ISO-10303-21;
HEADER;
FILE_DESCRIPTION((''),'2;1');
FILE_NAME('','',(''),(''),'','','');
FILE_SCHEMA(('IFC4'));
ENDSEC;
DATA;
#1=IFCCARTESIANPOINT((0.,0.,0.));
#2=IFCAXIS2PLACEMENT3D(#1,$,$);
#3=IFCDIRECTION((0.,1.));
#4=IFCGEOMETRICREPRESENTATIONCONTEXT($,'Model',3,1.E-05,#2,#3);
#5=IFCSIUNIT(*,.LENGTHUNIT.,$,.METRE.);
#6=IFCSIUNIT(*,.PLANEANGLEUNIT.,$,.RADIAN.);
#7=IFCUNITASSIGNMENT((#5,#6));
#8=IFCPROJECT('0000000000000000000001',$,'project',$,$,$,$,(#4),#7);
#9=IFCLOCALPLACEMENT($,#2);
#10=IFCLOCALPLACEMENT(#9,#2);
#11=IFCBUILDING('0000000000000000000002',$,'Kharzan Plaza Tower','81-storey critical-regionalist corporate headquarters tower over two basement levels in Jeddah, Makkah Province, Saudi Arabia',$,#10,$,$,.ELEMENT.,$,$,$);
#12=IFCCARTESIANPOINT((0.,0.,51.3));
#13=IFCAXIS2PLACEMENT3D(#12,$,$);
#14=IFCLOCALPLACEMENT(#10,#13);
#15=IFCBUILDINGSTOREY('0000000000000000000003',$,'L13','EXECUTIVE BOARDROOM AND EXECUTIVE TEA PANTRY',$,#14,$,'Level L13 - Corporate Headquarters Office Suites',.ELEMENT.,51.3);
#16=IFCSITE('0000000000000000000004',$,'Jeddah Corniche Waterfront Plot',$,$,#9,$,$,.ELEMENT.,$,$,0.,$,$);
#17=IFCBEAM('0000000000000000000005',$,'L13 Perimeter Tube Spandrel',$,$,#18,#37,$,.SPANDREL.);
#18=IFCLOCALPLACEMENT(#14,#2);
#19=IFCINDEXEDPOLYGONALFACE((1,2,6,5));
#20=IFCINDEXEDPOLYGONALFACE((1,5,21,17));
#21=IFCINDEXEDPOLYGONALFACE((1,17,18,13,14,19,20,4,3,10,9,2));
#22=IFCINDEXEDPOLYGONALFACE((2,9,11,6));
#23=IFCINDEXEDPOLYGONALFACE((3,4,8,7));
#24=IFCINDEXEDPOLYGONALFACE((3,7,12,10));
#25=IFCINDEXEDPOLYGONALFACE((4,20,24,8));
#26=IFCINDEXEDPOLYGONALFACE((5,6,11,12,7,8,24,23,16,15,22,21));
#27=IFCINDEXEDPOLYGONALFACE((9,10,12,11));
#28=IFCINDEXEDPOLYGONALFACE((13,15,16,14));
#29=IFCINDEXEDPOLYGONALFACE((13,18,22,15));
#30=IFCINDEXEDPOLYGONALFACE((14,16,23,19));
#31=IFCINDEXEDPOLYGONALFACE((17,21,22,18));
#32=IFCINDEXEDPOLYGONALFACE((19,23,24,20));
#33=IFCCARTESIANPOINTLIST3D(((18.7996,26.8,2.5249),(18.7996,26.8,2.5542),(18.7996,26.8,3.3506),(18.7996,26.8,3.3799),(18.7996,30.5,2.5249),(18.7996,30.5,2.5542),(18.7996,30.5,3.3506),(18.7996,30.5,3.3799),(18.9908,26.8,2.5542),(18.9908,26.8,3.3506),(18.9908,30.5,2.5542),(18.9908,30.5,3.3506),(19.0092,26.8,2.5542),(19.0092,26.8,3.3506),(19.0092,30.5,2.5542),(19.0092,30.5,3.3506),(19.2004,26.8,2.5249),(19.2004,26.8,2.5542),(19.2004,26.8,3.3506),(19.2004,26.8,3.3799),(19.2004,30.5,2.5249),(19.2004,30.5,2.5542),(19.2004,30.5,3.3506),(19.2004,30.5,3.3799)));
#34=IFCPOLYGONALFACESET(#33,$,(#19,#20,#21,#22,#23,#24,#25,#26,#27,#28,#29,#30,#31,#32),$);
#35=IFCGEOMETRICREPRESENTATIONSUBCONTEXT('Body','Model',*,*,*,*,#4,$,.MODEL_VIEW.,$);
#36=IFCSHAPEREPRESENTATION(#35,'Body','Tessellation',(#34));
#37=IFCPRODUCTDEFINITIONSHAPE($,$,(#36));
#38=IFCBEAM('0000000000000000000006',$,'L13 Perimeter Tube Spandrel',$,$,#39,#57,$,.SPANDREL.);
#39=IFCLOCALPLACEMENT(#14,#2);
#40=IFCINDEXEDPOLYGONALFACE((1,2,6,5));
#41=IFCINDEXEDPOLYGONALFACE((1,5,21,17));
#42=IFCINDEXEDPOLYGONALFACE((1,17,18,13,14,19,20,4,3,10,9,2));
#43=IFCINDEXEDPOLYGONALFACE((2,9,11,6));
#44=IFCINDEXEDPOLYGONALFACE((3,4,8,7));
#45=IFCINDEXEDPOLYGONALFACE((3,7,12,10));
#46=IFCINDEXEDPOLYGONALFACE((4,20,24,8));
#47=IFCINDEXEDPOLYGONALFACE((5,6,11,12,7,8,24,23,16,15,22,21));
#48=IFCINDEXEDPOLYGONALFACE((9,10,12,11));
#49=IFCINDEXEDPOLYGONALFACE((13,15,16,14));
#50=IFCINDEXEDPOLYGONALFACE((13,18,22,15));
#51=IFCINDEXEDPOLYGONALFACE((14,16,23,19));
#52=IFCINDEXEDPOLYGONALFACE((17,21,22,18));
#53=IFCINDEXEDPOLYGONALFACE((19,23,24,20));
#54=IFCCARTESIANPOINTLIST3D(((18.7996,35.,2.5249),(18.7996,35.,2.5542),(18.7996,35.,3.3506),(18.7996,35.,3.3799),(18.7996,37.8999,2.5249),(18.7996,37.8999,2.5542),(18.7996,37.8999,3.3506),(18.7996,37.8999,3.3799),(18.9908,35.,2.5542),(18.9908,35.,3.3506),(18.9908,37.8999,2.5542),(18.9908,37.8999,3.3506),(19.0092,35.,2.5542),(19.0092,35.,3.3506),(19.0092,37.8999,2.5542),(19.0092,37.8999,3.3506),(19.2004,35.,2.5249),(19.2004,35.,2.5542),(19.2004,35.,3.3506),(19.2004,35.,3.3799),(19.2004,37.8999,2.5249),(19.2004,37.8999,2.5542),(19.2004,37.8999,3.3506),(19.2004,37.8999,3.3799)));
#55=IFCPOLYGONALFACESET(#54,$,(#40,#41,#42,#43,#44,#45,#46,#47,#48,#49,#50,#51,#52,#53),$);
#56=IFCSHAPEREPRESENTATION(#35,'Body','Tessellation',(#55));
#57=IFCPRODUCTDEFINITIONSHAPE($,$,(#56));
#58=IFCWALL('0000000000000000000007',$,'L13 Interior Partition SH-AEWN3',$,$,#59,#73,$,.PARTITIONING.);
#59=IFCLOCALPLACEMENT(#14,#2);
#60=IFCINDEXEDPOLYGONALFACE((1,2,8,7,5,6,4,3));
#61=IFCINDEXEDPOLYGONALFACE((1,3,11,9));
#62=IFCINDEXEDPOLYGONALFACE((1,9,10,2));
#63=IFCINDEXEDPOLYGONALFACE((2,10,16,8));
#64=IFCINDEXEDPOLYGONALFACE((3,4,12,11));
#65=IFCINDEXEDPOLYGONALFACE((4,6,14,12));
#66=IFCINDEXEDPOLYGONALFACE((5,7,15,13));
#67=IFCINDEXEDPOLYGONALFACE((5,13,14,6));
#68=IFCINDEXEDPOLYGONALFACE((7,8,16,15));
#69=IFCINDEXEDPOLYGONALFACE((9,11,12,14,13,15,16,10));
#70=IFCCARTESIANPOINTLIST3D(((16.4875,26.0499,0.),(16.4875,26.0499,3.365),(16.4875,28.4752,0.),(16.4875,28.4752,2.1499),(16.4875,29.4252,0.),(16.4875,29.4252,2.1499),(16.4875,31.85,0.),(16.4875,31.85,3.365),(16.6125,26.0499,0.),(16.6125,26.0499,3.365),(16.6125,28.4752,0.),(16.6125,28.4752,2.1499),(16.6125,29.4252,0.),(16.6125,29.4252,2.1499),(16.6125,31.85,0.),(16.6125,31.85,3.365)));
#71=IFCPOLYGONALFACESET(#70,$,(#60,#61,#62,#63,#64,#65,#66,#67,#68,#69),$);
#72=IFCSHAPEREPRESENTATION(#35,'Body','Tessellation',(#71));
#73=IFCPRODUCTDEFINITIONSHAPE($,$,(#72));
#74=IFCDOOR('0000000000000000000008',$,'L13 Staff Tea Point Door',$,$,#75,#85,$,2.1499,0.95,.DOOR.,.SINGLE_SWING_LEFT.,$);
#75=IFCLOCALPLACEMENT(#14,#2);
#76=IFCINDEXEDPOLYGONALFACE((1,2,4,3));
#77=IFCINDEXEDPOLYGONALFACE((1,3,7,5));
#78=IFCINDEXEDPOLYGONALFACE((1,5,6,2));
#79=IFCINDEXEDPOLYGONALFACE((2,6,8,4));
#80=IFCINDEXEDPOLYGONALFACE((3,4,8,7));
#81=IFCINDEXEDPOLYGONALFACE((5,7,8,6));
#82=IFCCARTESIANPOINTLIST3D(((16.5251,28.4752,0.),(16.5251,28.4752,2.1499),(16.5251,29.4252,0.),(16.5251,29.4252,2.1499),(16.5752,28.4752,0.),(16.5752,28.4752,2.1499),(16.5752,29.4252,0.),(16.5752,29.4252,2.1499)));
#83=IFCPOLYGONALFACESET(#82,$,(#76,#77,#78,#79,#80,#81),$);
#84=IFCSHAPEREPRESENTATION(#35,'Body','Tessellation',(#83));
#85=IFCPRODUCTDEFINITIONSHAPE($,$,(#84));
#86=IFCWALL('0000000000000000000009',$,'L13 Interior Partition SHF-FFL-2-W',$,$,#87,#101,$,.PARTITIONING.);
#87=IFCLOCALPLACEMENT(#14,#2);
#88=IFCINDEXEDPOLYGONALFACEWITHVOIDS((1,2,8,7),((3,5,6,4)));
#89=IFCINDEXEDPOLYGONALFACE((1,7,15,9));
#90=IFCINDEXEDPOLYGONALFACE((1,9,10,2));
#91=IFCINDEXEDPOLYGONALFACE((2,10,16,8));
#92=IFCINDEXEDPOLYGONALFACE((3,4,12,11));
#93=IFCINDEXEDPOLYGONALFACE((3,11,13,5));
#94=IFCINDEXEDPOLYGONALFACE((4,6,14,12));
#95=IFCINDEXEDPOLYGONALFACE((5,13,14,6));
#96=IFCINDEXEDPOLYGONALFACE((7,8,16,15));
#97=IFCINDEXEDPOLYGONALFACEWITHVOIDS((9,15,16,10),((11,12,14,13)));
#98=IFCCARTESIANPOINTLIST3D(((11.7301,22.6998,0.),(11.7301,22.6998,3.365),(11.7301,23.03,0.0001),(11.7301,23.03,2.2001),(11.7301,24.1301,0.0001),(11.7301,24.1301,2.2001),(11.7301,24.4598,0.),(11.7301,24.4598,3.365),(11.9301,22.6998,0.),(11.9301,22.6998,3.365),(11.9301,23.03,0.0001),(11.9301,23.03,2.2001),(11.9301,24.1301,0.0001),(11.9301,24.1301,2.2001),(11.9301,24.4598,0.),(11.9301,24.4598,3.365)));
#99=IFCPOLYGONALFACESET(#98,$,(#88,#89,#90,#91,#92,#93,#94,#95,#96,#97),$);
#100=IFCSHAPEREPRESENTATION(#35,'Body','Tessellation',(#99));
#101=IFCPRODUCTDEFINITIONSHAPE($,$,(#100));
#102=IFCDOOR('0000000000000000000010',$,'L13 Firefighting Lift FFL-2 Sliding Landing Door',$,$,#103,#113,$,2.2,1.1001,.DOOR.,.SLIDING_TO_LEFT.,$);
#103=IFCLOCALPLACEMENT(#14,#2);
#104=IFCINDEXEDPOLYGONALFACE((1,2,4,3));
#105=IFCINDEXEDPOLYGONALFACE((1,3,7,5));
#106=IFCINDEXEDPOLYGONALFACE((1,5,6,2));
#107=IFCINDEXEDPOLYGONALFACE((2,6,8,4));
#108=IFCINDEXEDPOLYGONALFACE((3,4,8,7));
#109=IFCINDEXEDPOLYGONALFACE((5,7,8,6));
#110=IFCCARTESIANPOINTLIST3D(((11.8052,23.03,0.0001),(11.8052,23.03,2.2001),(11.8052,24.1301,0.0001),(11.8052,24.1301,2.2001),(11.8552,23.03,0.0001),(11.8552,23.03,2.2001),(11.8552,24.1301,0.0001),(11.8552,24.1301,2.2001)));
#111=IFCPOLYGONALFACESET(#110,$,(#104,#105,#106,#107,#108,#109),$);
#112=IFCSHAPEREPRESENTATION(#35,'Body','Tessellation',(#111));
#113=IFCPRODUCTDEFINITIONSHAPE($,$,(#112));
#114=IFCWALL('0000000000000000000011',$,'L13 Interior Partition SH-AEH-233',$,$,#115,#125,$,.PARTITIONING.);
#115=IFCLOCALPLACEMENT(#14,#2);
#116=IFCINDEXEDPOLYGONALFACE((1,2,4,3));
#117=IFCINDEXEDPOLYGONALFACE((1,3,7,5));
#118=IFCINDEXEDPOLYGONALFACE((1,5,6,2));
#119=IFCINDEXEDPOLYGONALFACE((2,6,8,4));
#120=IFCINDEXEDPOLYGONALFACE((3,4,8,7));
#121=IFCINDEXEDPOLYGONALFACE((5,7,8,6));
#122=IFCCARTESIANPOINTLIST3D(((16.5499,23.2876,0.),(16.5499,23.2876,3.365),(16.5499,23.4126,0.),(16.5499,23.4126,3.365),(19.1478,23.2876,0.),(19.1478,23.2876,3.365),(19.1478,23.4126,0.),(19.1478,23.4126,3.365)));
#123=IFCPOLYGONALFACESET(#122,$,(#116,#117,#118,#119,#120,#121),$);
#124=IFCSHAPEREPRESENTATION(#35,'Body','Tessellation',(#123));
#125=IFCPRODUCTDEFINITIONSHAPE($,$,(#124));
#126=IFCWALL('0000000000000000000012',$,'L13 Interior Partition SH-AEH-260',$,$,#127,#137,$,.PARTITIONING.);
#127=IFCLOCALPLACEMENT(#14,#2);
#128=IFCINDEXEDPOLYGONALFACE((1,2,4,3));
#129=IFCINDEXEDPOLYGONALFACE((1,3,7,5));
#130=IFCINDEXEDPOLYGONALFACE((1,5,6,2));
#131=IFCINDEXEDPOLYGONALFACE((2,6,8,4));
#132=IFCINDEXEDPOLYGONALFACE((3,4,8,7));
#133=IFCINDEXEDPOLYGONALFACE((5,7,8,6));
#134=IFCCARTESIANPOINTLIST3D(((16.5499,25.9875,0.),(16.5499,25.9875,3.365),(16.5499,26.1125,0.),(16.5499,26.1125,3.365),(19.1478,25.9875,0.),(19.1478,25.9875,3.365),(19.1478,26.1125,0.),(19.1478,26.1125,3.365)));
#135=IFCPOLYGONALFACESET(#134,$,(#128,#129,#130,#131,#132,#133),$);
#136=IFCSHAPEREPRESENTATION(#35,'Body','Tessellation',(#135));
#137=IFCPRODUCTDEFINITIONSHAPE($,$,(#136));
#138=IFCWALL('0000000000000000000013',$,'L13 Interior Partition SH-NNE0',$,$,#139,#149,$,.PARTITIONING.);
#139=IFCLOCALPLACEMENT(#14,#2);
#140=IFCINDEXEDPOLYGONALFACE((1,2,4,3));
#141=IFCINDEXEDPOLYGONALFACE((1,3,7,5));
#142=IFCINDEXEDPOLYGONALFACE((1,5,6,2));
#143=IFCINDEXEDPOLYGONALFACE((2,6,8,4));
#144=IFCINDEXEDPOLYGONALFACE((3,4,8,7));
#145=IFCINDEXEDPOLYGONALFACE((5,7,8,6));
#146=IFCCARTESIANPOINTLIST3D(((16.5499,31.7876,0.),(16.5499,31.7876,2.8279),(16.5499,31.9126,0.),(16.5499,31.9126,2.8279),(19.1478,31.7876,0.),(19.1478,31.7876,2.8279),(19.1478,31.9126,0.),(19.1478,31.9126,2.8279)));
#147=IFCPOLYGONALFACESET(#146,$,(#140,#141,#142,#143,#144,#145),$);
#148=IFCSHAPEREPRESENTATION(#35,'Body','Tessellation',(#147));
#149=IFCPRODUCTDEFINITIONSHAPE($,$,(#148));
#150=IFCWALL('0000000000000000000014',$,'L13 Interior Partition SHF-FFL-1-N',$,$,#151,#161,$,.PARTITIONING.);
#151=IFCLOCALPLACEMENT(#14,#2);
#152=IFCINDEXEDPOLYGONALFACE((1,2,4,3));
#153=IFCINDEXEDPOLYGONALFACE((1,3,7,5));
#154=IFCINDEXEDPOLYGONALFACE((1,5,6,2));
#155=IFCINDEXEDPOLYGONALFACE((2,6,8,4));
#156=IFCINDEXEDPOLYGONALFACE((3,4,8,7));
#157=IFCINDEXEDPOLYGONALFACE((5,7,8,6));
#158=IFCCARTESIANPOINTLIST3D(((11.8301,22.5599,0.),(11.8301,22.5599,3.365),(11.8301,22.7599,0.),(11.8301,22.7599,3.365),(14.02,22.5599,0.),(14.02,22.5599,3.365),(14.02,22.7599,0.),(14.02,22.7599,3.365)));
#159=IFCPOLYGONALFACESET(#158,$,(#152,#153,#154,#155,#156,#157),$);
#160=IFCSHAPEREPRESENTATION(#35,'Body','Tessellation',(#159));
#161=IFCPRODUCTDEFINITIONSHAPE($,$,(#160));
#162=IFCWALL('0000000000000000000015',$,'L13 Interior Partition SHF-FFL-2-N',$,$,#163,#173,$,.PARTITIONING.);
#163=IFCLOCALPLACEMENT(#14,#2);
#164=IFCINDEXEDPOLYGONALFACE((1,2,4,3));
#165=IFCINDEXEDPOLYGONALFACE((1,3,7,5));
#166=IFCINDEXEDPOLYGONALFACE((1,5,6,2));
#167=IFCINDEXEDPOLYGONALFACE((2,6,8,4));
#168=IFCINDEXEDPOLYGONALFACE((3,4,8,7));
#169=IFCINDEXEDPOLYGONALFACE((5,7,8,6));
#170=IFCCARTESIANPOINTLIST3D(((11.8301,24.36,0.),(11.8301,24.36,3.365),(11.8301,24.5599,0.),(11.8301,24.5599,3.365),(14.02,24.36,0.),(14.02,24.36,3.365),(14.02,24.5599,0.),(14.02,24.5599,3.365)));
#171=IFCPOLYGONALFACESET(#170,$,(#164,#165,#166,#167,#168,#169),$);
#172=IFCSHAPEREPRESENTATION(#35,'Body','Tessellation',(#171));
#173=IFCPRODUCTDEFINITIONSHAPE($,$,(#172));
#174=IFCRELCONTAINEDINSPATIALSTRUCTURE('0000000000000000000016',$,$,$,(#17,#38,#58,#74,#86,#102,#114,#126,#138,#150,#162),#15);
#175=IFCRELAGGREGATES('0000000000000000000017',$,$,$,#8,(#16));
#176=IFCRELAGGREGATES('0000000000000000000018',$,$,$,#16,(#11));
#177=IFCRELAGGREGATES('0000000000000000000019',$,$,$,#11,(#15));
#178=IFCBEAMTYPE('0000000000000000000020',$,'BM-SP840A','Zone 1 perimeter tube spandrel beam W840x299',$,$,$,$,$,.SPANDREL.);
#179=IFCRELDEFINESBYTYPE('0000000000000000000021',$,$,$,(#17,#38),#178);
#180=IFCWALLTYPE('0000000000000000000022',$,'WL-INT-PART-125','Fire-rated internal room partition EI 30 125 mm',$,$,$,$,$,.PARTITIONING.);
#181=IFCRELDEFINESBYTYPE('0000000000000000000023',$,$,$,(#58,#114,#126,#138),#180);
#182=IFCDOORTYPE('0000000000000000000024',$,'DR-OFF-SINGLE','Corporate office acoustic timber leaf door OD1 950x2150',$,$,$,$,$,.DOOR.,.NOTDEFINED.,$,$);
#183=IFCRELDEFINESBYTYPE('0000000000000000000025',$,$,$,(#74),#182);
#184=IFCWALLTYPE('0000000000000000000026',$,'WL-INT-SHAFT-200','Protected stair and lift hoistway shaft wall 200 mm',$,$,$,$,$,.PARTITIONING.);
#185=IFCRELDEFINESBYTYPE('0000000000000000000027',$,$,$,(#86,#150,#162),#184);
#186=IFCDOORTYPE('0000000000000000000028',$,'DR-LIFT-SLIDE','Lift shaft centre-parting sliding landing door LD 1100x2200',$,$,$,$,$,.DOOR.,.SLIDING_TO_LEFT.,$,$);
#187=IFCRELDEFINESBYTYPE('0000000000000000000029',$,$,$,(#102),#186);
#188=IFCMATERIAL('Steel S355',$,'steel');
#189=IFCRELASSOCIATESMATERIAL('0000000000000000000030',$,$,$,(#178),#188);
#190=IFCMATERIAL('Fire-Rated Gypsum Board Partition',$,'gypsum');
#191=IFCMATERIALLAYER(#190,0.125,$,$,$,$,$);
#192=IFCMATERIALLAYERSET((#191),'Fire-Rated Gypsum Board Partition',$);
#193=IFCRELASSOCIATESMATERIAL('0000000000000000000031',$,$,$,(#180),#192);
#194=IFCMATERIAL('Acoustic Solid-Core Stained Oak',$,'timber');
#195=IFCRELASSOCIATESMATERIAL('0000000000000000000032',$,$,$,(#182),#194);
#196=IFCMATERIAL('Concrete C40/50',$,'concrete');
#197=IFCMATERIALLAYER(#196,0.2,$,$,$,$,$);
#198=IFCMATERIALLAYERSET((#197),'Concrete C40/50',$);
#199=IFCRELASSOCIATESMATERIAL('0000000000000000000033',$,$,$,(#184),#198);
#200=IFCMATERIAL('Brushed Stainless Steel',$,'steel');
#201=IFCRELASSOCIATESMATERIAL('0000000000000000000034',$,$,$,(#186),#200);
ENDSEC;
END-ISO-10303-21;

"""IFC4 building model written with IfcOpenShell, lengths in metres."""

from ifc_helpers import new_model, si_unit, direction, frame, frame_2d, origin, origin_2d, place, context, subcontext, project, spatial, rectangle, i_section, extrude, source, transform, mapped, material, layer, layer_set, material_profile, profile_set, type_object, element, fill, save


model = new_model("IFC4")

# Units and contexts
model_context = context("Model", 3, precision=1e-05, world=origin(), true_north=direction((0.0, 1.0)))
body_context = subcontext(model_context, "Body", "Model", "MODEL_VIEW")
ifc_project = project(units=[si_unit("LENGTHUNIT", "METRE"), si_unit("PLANEANGLEUNIT", "RADIAN")], contexts=[model_context])

# Site, building, storey
site_placement = place(None, origin())
site = spatial("IfcSite", under=ifc_project, at=site_placement, Name="Jeddah Corniche Waterfront Plot", CompositionType="ELEMENT", RefElevation=0.0)
building_placement = place(site_placement, origin())
building = spatial("IfcBuilding", under=site, at=building_placement, Name="Kharzan Plaza Tower", Description="81-storey critical-regionalist corporate headquarters tower over two basement levels in Jeddah, Makkah Province, Saudi Arabia", CompositionType="ELEMENT")
storey_placement = place(building_placement, frame((0.0, 0.0, 51.3)))
storey = spatial("IfcBuildingStorey", under=building, at=storey_placement, Name="L13", Description="EXECUTIVE BOARDROOM AND EXECUTIVE TEA PANTRY", LongName="Level L13 - Corporate Headquarters Office Suites", CompositionType="ELEMENT", Elevation=51.3)

# Beams
ifc_material_1 = material(Name="Steel S355", Category="steel")
ifc_material_profile_1 = material_profile(ifc_material_1, i_section(OverallWidth=0.4009, OverallDepth=0.855, WebThickness=0.0183, FlangeThickness=0.0293, at=origin_2d()), Name="W840x299")
ifc_profile_set_1 = profile_set([ifc_material_profile_1], Name="Steel S355")
beam_type_1 = type_object("IfcBeamType", Name="BM-SP840A", Description="Zone 1 perimeter tube spandrel beam W840x299", PredefinedType="SPANDREL", material=ifc_profile_set_1)
shared_shape_1 = source(origin(), body_context, "Body", "SweptSolid", [
    extrude(i_section(OverallWidth=0.4009, OverallDepth=0.855, WebThickness=0.0183, FlangeThickness=0.0293, at=origin_2d()), origin(), (0.0, 0.0, 1.0), 3.7),
])
beam_1_placement = place(storey_placement, frame((19.0, 26.8, 2.9524), z_axis=(0.0, 1.0, 0.0), x_axis=(-1.0, 0.0, 0.0)))
element("IfcBeam", 1, at=beam_1_placement, inside=storey, type_object=beam_type_1, Name="L13 Perimeter Tube Spandrel", PredefinedType="SPANDREL", context=body_context, shape_type="MappedRepresentation", body=[
    mapped(shared_shape_1, transform((0.0, 0.0, 0.0), x_axis=(1.0, 0.0, 0.0), y_axis=(0.0, 1.0, 0.0), z_axis=(0.0, 0.0, 1.0))),
])
shared_shape_2 = source(origin(), body_context, "Body", "SweptSolid", [
    extrude(i_section(OverallWidth=0.4009, OverallDepth=0.855, WebThickness=0.0183, FlangeThickness=0.0293, at=origin_2d()), origin(), (0.0, 0.0, 1.0), 2.8999),
])
beam_2_placement = place(storey_placement, frame((19.0, 35.0, 2.9524), z_axis=(0.0, 1.0, 0.0), x_axis=(-1.0, 0.0, 0.0)))
element("IfcBeam", 2, at=beam_2_placement, inside=storey, type_object=beam_type_1, Name="L13 Perimeter Tube Spandrel", PredefinedType="SPANDREL", context=body_context, shape_type="MappedRepresentation", body=[
    mapped(shared_shape_2, transform((0.0, 0.0, 0.0), x_axis=(1.0, 0.0, 0.0), y_axis=(0.0, 1.0, 0.0), z_axis=(0.0, 0.0, 1.0))),
])

# Walls, openings, doors
ifc_material_2 = material(Name="Fire-Rated Gypsum Board Partition", Category="gypsum")
ifc_layer_1 = layer(ifc_material_2, 0.125)
ifc_layer_set_1 = layer_set([ifc_layer_1], Name="Fire-Rated Gypsum Board Partition")
wall_type_1 = type_object("IfcWallType", Name="WL-INT-PART-125", Description="Fire-rated internal room partition EI 30 125 mm", PredefinedType="PARTITIONING", material=ifc_layer_set_1)
wall_1_placement = place(storey_placement, frame((16.55, 26.05, 0.0), z_axis=(0.0, 0.0, 1.0), x_axis=(0.0, 1.0, 0.0)))
wall_1 = element("IfcWall", 3, at=wall_1_placement, inside=storey, type_object=wall_type_1, Name="L13 Interior Partition SH-AEWN3", PredefinedType="PARTITIONING", context=body_context, shape_type="SweptSolid", body=[
    extrude(rectangle(XDim=5.8, YDim=0.125, at=frame_2d((2.8999, 0.0))), origin(), (0.0, 0.0, 1.0), 3.365),
])
opening_1_placement = place(wall_1_placement, frame((2.425, 0.0, 0.0)))
opening_1 = element("IfcOpeningElement", 4, at=opening_1_placement, cuts=wall_1, PredefinedType="OPENING", context=body_context, shape_type="SweptSolid", body=[
    extrude(rectangle(XDim=0.95, YDim=2.1499, at=frame_2d((0.4751, 1.075))), frame((0.0, 0.0725, 0.0), z_axis=(0.0, -1.0, 0.0), x_axis=(1.0, 0.0, 0.0)), (0.0, 0.0, 1.0), 0.145),
])
ifc_material_3 = material(Name="Acoustic Solid-Core Stained Oak", Category="timber")
door_type_1 = type_object("IfcDoorType", Name="DR-OFF-SINGLE", Description="Corporate office acoustic timber leaf door OD1 950x2150", OperationType="NOTDEFINED", PredefinedType="DOOR", material=ifc_material_3)
shared_shape_3 = source(origin(), body_context, "Body", "SweptSolid", [
    extrude(rectangle(XDim=0.95, YDim=2.1499, at=frame_2d((0.4751, 1.075))), frame((0.0, 0.0249, 0.0), z_axis=(0.0, -1.0, 0.0), x_axis=(1.0, 0.0, 0.0)), (0.0, 0.0, 1.0), 0.05),
])
door_1_placement = place(opening_1_placement, origin())
door_1 = element("IfcDoor", 5, at=door_1_placement, inside=storey, type_object=door_type_1, Name="L13 Staff Tea Point Door", OperationType="SINGLE_SWING_LEFT", OverallHeight=2.1499, OverallWidth=0.95, PredefinedType="DOOR", context=body_context, shape_type="MappedRepresentation", body=[
    mapped(shared_shape_3, transform((0.0, 0.0, 0.0), x_axis=(1.0, 0.0, 0.0), y_axis=(0.0, 1.0, 0.0), z_axis=(0.0, 0.0, 1.0))),
])
fill(opening_1, door_1)
ifc_material_4 = material(Name="Concrete C40/50", Category="concrete")
ifc_layer_2 = layer(ifc_material_4, 0.2)
ifc_layer_set_2 = layer_set([ifc_layer_2], Name="Concrete C40/50")
wall_type_2 = type_object("IfcWallType", Name="WL-INT-SHAFT-200", Description="Protected stair and lift hoistway shaft wall 200 mm", PredefinedType="PARTITIONING", material=ifc_layer_set_2)
wall_2_placement = place(storey_placement, frame((11.8301, 22.7, 0.0), z_axis=(0.0, 0.0, 1.0), x_axis=(0.0, 1.0, 0.0)))
wall_2 = element("IfcWall", 6, at=wall_2_placement, inside=storey, type_object=wall_type_2, Name="L13 Interior Partition SHF-FFL-2-W", PredefinedType="PARTITIONING", context=body_context, shape_type="SweptSolid", body=[
    extrude(rectangle(XDim=1.76, YDim=0.2, at=frame_2d((0.8799, 0.0))), origin(), (0.0, 0.0, 1.0), 3.365),
])
opening_2_placement = place(wall_2_placement, frame((0.3301, 0.0, 0.0)))
opening_2 = element("IfcOpeningElement", 7, at=opening_2_placement, cuts=wall_2, PredefinedType="OPENING", context=body_context, shape_type="SweptSolid", body=[
    extrude(rectangle(XDim=1.1001, YDim=2.2, at=frame_2d((0.55, 1.1001))), frame((0.0, 0.1099, 0.0), z_axis=(0.0, -1.0, 0.0), x_axis=(1.0, 0.0, 0.0)), (0.0, 0.0, 1.0), 0.22),
])
ifc_material_5 = material(Name="Brushed Stainless Steel", Category="steel")
door_type_2 = type_object("IfcDoorType", Name="DR-LIFT-SLIDE", Description="Lift shaft centre-parting sliding landing door LD 1100x2200", OperationType="SLIDING_TO_LEFT", PredefinedType="DOOR", material=ifc_material_5)
shared_shape_4 = source(origin(), body_context, "Body", "SweptSolid", [
    extrude(rectangle(XDim=1.1001, YDim=2.2, at=frame_2d((0.55, 1.1001))), frame((0.0, 0.0249, 0.0), z_axis=(0.0, -1.0, 0.0), x_axis=(1.0, 0.0, 0.0)), (0.0, 0.0, 1.0), 0.05),
])
door_2_placement = place(opening_2_placement, origin())
door_2 = element("IfcDoor", 8, at=door_2_placement, inside=storey, type_object=door_type_2, Name="L13 Firefighting Lift FFL-2 Sliding Landing Door", OperationType="SLIDING_TO_LEFT", OverallHeight=2.2, OverallWidth=1.1001, PredefinedType="DOOR", context=body_context, shape_type="MappedRepresentation", body=[
    mapped(shared_shape_4, transform((0.0, 0.0, 0.0), x_axis=(1.0, 0.0, 0.0), y_axis=(0.0, 1.0, 0.0), z_axis=(0.0, 0.0, 1.0))),
])
fill(opening_2, door_2)

# Walls
shared_shape_5 = source(origin(), body_context, "Body", "SweptSolid", [
    extrude(rectangle(XDim=2.5979, YDim=0.125, at=frame_2d((1.2988, 0.0))), origin(), (0.0, 0.0, 1.0), 3.365),
])
for number, where, z_axis, x_axis, name in (
    (9, (16.55, 23.3501, 0.0), (0.0, 0.0, 1.0), (1.0, 0.0, 0.0), "L13 Interior Partition SH-AEH-233"),
    (10, (16.55, 26.05, 0.0), (0.0, 0.0, 1.0), (1.0, 0.0, 0.0), "L13 Interior Partition SH-AEH-260"),
):
    element("IfcWall", number, at=place(storey_placement, frame(where, z_axis=z_axis, x_axis=x_axis)), inside=storey, type_object=wall_type_1, Name=name, PredefinedType="PARTITIONING", context=body_context, shape_type="MappedRepresentation", body=[
        mapped(shared_shape_5, transform((0.0, 0.0, 0.0), x_axis=(1.0, 0.0, 0.0), y_axis=(0.0, 1.0, 0.0), z_axis=(0.0, 0.0, 1.0))),
    ])
shared_shape_6 = source(origin(), body_context, "Body", "SweptSolid", [
    extrude(rectangle(XDim=2.5979, YDim=0.125, at=frame_2d((1.2988, 0.0))), origin(), (0.0, 0.0, 1.0), 2.8279),
])
wall_3_placement = place(storey_placement, frame((16.55, 31.8501, 0.0), z_axis=(0.0, 0.0, 1.0), x_axis=(1.0, 0.0, 0.0)))
element("IfcWall", 11, at=wall_3_placement, inside=storey, type_object=wall_type_1, Name="L13 Interior Partition SH-NNE0", PredefinedType="PARTITIONING", context=body_context, shape_type="MappedRepresentation", body=[
    mapped(shared_shape_6, transform((0.0, 0.0, 0.0), x_axis=(1.0, 0.0, 0.0), y_axis=(0.0, 1.0, 0.0), z_axis=(0.0, 0.0, 1.0))),
])
shared_shape_7 = source(origin(), body_context, "Body", "SweptSolid", [
    extrude(rectangle(XDim=2.1899, YDim=0.2, at=frame_2d((1.095, 0.0))), origin(), (0.0, 0.0, 1.0), 3.365),
])
for number, where, z_axis, x_axis, name in (
    (12, (11.8301, 22.6599, 0.0), (0.0, 0.0, 1.0), (1.0, 0.0, 0.0), "L13 Interior Partition SHF-FFL-1-N"),
    (13, (11.8301, 24.46, 0.0), (0.0, 0.0, 1.0), (1.0, 0.0, 0.0), "L13 Interior Partition SHF-FFL-2-N"),
):
    element("IfcWall", number, at=place(storey_placement, frame(where, z_axis=z_axis, x_axis=x_axis)), inside=storey, type_object=wall_type_2, Name=name, PredefinedType="PARTITIONING", context=body_context, shape_type="MappedRepresentation", body=[
        mapped(shared_shape_7, transform((0.0, 0.0, 0.0), x_axis=(1.0, 0.0, 0.0), y_axis=(0.0, 1.0, 0.0), z_axis=(0.0, 0.0, 1.0))),
    ])

save(model, "model.ifc")
